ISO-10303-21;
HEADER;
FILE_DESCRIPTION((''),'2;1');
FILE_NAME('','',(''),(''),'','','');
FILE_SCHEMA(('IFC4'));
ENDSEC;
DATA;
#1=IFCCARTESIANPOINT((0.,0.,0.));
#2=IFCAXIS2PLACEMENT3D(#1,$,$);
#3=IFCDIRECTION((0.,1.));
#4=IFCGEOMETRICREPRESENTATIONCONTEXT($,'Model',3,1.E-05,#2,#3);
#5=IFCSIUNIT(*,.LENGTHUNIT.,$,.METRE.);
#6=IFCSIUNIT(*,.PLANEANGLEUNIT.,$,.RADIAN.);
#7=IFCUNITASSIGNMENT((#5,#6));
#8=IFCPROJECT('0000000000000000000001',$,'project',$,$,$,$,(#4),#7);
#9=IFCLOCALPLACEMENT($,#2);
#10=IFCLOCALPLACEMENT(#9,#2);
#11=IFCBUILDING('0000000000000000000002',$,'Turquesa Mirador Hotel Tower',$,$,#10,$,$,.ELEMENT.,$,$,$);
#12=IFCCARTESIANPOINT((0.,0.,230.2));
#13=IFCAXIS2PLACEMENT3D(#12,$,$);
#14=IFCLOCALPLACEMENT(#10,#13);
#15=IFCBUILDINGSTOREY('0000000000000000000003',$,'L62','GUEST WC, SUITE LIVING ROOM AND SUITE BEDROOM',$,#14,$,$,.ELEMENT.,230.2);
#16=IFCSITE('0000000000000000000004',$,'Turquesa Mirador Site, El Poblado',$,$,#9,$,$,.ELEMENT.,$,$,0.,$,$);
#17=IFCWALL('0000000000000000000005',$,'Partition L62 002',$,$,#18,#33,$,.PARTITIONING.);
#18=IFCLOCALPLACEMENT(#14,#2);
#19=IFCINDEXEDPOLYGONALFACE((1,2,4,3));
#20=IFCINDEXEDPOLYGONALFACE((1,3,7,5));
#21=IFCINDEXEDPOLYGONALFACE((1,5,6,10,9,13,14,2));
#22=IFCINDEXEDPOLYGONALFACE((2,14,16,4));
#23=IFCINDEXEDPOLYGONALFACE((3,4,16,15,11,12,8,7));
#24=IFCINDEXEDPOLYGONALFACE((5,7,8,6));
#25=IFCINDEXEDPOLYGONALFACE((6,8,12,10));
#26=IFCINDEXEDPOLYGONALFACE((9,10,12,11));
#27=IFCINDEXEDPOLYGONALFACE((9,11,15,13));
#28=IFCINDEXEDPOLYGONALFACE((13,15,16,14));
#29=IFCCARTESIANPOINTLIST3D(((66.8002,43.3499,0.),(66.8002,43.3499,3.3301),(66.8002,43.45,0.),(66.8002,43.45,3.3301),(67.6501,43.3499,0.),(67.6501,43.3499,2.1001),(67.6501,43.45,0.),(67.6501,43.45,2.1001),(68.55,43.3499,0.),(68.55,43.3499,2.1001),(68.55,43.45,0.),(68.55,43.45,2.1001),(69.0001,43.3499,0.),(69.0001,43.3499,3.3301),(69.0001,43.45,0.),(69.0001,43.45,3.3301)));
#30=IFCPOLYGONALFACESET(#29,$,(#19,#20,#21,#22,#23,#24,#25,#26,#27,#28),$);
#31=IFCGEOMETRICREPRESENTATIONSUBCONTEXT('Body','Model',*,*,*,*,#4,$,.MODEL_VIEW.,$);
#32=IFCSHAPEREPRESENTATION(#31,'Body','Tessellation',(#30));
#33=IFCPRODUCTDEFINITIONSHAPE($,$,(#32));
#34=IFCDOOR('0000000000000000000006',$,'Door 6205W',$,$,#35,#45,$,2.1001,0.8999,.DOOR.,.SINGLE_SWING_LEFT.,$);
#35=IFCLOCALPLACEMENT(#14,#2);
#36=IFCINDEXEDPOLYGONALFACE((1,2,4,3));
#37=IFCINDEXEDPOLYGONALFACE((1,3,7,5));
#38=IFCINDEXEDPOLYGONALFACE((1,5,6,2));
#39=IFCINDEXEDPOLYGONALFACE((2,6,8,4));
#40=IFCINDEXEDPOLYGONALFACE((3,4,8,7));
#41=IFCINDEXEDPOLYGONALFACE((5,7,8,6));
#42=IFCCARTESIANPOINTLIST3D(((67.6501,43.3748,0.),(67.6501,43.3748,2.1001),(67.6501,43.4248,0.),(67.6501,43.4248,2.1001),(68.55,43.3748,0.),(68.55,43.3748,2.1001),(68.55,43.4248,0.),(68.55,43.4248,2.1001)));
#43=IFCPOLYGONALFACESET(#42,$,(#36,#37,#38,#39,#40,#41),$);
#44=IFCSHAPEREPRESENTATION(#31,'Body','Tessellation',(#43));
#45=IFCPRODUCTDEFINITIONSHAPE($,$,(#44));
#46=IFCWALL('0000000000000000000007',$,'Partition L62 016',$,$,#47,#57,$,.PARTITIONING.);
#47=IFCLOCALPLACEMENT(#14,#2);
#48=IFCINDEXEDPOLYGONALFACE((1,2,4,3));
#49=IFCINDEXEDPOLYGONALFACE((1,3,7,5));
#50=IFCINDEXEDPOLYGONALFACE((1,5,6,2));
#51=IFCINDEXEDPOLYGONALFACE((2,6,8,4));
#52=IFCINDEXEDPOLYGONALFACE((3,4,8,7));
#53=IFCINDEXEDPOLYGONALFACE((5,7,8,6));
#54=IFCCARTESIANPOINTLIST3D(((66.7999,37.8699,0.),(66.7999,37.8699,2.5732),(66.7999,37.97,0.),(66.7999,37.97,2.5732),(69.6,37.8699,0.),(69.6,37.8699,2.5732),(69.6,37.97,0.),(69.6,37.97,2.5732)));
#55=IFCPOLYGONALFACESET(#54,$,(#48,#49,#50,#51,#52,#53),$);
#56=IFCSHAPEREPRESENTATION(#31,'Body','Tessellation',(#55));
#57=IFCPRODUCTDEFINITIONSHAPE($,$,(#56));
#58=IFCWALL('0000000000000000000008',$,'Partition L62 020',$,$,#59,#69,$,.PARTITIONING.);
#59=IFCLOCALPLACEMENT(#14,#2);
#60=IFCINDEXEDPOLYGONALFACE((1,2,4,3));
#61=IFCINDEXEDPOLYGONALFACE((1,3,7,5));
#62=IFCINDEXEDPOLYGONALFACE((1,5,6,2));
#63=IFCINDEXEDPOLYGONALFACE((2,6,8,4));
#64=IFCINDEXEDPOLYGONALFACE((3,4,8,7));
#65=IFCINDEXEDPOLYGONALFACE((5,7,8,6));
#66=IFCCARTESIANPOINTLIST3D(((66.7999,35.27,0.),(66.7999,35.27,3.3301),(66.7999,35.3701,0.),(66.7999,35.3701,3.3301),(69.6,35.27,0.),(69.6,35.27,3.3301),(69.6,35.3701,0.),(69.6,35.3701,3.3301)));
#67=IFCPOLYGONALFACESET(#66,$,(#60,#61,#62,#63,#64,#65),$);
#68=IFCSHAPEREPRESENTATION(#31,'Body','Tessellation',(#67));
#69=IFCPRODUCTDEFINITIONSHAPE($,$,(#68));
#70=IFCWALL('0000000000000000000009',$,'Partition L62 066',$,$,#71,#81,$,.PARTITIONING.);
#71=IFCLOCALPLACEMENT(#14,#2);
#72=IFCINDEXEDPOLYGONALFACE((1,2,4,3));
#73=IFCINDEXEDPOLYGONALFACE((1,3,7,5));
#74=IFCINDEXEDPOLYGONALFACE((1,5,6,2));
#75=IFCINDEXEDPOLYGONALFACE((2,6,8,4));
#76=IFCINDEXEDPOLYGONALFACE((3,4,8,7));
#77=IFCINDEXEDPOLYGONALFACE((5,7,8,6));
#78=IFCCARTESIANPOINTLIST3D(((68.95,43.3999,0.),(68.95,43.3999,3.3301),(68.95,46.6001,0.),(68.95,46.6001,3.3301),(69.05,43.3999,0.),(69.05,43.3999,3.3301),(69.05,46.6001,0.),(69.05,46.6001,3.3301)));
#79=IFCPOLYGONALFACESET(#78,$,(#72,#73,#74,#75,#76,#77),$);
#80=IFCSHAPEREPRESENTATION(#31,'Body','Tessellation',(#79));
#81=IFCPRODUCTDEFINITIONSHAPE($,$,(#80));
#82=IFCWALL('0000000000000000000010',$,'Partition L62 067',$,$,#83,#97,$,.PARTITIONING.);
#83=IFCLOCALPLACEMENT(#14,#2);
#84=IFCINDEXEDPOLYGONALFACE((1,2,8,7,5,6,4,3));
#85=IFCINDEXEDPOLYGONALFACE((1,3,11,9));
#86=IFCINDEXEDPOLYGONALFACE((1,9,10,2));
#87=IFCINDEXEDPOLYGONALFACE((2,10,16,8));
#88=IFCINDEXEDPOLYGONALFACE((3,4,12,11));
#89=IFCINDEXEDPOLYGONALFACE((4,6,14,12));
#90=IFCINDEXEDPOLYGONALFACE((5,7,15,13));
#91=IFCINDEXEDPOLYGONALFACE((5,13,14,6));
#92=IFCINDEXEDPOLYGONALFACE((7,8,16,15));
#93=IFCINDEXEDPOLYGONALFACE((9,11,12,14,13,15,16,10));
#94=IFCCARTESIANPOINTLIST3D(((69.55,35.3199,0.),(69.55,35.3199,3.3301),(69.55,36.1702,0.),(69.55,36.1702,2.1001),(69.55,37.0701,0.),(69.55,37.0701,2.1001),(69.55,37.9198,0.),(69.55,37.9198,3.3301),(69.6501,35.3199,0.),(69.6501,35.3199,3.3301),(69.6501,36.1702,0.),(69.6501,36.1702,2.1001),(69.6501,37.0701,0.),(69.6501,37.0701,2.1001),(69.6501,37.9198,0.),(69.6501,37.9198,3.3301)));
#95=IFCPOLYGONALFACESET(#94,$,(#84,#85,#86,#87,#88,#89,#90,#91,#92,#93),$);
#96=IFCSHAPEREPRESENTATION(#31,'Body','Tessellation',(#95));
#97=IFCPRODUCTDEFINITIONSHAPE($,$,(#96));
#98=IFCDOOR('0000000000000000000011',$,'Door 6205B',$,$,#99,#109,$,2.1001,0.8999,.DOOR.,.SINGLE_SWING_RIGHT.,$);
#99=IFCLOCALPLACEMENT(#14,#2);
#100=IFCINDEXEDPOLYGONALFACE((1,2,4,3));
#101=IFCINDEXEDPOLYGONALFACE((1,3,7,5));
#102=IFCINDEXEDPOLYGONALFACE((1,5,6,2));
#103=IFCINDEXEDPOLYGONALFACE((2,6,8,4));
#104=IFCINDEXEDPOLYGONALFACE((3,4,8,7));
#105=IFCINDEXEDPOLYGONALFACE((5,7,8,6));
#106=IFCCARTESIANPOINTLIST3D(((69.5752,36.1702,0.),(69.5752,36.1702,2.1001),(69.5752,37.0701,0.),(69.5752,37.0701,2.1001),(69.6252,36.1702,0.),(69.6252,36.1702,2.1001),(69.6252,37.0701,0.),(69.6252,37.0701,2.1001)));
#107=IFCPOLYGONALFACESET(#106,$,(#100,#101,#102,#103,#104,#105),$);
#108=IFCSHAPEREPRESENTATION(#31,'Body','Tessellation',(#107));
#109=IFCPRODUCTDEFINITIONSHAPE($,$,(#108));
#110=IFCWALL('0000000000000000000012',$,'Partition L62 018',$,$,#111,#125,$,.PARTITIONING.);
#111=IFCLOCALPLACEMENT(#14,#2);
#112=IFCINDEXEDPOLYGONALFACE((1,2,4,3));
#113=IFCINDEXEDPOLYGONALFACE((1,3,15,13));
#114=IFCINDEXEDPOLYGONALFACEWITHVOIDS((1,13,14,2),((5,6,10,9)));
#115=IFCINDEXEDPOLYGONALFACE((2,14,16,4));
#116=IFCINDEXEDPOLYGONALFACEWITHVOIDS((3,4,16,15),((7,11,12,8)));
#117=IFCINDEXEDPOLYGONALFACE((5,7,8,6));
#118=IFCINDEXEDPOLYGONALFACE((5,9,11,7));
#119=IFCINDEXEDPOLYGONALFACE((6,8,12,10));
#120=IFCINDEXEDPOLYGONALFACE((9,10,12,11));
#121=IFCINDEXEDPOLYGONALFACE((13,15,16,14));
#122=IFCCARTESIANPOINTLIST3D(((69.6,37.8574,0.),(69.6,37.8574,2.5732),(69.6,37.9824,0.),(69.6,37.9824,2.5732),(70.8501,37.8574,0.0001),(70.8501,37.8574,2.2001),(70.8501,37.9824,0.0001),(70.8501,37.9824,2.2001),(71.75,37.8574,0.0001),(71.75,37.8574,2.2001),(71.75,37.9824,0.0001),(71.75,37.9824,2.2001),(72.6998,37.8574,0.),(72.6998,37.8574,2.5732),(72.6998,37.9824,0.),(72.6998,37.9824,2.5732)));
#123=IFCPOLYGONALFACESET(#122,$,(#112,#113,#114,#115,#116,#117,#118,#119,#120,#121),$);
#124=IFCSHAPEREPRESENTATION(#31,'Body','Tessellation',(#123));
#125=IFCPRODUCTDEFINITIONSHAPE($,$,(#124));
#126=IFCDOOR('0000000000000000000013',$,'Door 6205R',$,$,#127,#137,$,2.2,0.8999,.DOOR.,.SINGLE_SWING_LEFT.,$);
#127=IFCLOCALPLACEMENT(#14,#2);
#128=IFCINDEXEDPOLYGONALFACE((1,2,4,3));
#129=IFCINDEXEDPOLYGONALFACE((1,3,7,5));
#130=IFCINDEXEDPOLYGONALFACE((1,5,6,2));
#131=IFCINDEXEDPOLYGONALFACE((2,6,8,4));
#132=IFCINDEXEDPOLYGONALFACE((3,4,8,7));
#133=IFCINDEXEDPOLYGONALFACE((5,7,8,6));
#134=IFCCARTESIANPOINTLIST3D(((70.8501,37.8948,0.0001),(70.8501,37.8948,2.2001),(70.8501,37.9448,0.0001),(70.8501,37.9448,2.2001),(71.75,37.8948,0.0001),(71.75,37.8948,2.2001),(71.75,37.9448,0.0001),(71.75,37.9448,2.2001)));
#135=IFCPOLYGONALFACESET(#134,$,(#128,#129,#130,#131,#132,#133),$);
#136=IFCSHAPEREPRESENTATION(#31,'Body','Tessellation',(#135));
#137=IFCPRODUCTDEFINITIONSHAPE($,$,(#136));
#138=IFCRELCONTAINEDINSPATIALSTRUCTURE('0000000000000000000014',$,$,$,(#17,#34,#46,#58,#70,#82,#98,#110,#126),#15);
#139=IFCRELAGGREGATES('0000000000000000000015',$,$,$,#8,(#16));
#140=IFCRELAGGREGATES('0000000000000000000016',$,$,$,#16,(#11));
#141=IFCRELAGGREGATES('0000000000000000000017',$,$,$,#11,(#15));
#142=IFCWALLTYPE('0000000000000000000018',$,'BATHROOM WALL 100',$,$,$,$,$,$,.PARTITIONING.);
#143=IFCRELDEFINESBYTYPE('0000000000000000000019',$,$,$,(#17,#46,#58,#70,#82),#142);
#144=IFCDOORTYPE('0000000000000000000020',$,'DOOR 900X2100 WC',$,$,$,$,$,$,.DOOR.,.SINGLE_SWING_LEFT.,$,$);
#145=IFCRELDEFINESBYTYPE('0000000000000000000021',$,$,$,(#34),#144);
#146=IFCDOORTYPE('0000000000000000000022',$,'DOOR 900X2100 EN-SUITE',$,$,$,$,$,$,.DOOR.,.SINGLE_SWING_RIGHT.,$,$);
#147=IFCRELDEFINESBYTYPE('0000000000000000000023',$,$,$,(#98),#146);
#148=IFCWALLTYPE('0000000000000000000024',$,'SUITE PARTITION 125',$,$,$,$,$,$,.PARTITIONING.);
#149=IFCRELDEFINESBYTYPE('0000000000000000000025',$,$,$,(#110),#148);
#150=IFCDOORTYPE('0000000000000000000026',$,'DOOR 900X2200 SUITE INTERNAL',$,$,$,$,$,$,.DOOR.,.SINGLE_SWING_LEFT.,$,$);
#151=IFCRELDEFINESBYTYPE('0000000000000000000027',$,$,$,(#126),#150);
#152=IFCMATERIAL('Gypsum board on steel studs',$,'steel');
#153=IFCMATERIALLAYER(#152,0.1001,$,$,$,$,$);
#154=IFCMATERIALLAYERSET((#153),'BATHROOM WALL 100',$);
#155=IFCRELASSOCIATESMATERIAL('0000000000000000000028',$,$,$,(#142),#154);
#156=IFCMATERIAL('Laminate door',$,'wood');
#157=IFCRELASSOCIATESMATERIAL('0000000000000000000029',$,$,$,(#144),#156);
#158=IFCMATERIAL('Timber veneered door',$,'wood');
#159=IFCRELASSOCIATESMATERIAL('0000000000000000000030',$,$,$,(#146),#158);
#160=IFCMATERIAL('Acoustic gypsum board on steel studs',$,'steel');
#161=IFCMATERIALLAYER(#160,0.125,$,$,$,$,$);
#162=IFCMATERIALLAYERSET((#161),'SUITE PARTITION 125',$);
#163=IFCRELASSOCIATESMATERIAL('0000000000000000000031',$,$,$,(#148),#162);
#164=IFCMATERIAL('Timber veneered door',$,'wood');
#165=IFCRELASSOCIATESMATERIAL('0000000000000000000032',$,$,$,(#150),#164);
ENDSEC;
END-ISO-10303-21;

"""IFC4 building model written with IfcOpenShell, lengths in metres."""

from ifc_helpers import new_model, si_unit, direction, frame, frame_2d, origin, place, context, subcontext, project, spatial, rectangle, extrude, material, layer, layer_set, type_object, element, fill, save


model = new_model("IFC4")

# Units and contexts
model_context = context("Model", 3, precision=1e-05, world=origin(), true_north=direction((0.0, 1.0)))
body_context = subcontext(model_context, "Body", "Model", "MODEL_VIEW")
ifc_project = project(units=[si_unit("LENGTHUNIT", "METRE"), si_unit("PLANEANGLEUNIT", "RADIAN")], contexts=[model_context])

# Site, building, storey
site_placement = place(None, origin())
site = spatial("IfcSite", under=ifc_project, at=site_placement, Name="Turquesa Mirador Site, El Poblado", CompositionType="ELEMENT", RefElevation=0.0)
building_placement = place(site_placement, origin())
building = spatial("IfcBuilding", under=site, at=building_placement, Name="Turquesa Mirador Hotel Tower", CompositionType="ELEMENT")
storey_placement = place(building_placement, frame((0.0, 0.0, 230.2)))
storey = spatial("IfcBuildingStorey", under=building, at=storey_placement, Name="L62", Description="GUEST WC, SUITE LIVING ROOM AND SUITE BEDROOM", CompositionType="ELEMENT", Elevation=230.2)

# Wall, opening, door
ifc_material_1 = material(Name="Gypsum board on steel studs", Category="steel")
ifc_layer_1 = layer(ifc_material_1, 0.1001)
ifc_layer_set_1 = layer_set([ifc_layer_1], Name="BATHROOM WALL 100")
wall_type_1 = type_object("IfcWallType", Name="BATHROOM WALL 100", PredefinedType="PARTITIONING", material=ifc_layer_set_1)
wall_1_placement = place(storey_placement, frame((66.8, 43.3999, 0.0), z_axis=(0.0, 0.0, 1.0), x_axis=(1.0, 0.0, 0.0)))
wall_1 = element("IfcWall", 1, at=wall_1_placement, inside=storey, type_object=wall_type_1, Name="Partition L62 002", PredefinedType="PARTITIONING", context=body_context, shape_type="SweptSolid", body=[
    extrude(rectangle(XDim=2.2, YDim=0.1001, at=frame_2d((1.1001, 0.0))), origin(), (0.0, 0.0, 1.0), 3.3301),
])
opening_1_placement = place(wall_1_placement, frame((0.8501, 0.0, 0.0)))
opening_1 = element("IfcOpeningElement", 2, at=opening_1_placement, cuts=wall_1, PredefinedType="OPENING", context=body_context, shape_type="SweptSolid", body=[
    extrude(rectangle(XDim=0.8999, YDim=2.1001, at=frame_2d((0.45, 1.05))), frame((0.0, 0.0601, 0.0), z_axis=(0.0, -1.0, 0.0), x_axis=(1.0, 0.0, 0.0)), (0.0, 0.0, 1.0), 0.1201),
])
ifc_material_2 = material(Name="Laminate door", Category="wood")
door_type_1 = type_object("IfcDoorType", Name="DOOR 900X2100 WC", OperationType="SINGLE_SWING_LEFT", PredefinedType="DOOR", material=ifc_material_2)
door_1_placement = place(opening_1_placement, origin())
door_1 = element("IfcDoor", 3, at=door_1_placement, inside=storey, type_object=door_type_1, Name="Door 6205W", OperationType="SINGLE_SWING_LEFT", OverallHeight=2.1001, OverallWidth=0.8999, PredefinedType="DOOR", context=body_context, shape_type="SweptSolid", body=[
    extrude(rectangle(XDim=0.8999, YDim=2.1001, at=frame_2d((0.45, 1.05))), frame((0.0, 0.0249, 0.0), z_axis=(0.0, -1.0, 0.0), x_axis=(1.0, 0.0, 0.0)), (0.0, 0.0, 1.0), 0.05),
])
fill(opening_1, door_1)

# Walls
wall_2_placement = place(storey_placement, frame((66.8, 37.9199, 0.0), z_axis=(0.0, 0.0, 1.0), x_axis=(1.0, 0.0, 0.0)))
element("IfcWall", 4, at=wall_2_placement, inside=storey, type_object=wall_type_1, Name="Partition L62 016", PredefinedType="PARTITIONING", context=body_context, shape_type="SweptSolid", body=[
    extrude(rectangle(XDim=2.8, YDim=0.1001, at=frame_2d((1.3999, 0.0))), origin(), (0.0, 0.0, 1.0), 2.5732),
])
wall_3_placement = place(storey_placement, frame((66.8, 35.3201, 0.0), z_axis=(0.0, 0.0, 1.0), x_axis=(1.0, 0.0, 0.0)))
element("IfcWall", 5, at=wall_3_placement, inside=storey, type_object=wall_type_1, Name="Partition L62 020", PredefinedType="PARTITIONING", context=body_context, shape_type="SweptSolid", body=[
    extrude(rectangle(XDim=2.8, YDim=0.1001, at=frame_2d((1.3999, 0.0))), origin(), (0.0, 0.0, 1.0), 3.3301),
])
wall_4_placement = place(storey_placement, frame((69.0, 43.3999, 0.0), z_axis=(0.0, 0.0, 1.0), x_axis=(0.0, 1.0, 0.0)))
element("IfcWall", 6, at=wall_4_placement, inside=storey, type_object=wall_type_1, Name="Partition L62 066", PredefinedType="PARTITIONING", context=body_context, shape_type="SweptSolid", body=[
    extrude(rectangle(XDim=3.2002, YDim=0.1001, at=frame_2d((1.6001, 0.0))), origin(), (0.0, 0.0, 1.0), 3.3301),
])

# Walls, openings, doors
wall_5_placement = place(storey_placement, frame((69.6001, 35.3201, 0.0), z_axis=(0.0, 0.0, 1.0), x_axis=(0.0, 1.0, 0.0)))
wall_5 = element("IfcWall", 7, at=wall_5_placement, inside=storey, type_object=wall_type_1, Name="Partition L62 067", PredefinedType="PARTITIONING", context=body_context, shape_type="SweptSolid", body=[
    extrude(rectangle(XDim=2.5999, YDim=0.1001, at=frame_2d((1.2998, 0.0))), origin(), (0.0, 0.0, 1.0), 3.3301),
])
opening_2_placement = place(wall_5_placement, frame((0.8501, 0.0, 0.0)))
opening_2 = element("IfcOpeningElement", 8, at=opening_2_placement, cuts=wall_5, PredefinedType="OPENING", context=body_context, shape_type="SweptSolid", body=[
    extrude(rectangle(XDim=0.8999, YDim=2.1001, at=frame_2d((0.45, 1.05))), frame((0.0, 0.0601, 0.0), z_axis=(0.0, -1.0, 0.0), x_axis=(1.0, 0.0, 0.0)), (0.0, 0.0, 1.0), 0.1201),
])
ifc_material_3 = material(Name="Timber veneered door", Category="wood")
door_type_2 = type_object("IfcDoorType", Name="DOOR 900X2100 EN-SUITE", OperationType="SINGLE_SWING_RIGHT", PredefinedType="DOOR", material=ifc_material_3)
door_2_placement = place(opening_2_placement, origin())
door_2 = element("IfcDoor", 9, at=door_2_placement, inside=storey, type_object=door_type_2, Name="Door 6205B", OperationType="SINGLE_SWING_RIGHT", OverallHeight=2.1001, OverallWidth=0.8999, PredefinedType="DOOR", context=body_context, shape_type="SweptSolid", body=[
    extrude(rectangle(XDim=0.8999, YDim=2.1001, at=frame_2d((0.45, 1.05))), frame((0.0, 0.0249, 0.0), z_axis=(0.0, -1.0, 0.0), x_axis=(1.0, 0.0, 0.0)), (0.0, 0.0, 1.0), 0.05),
])
fill(opening_2, door_2)
ifc_material_4 = material(Name="Acoustic gypsum board on steel studs", Category="steel")
ifc_layer_2 = layer(ifc_material_4, 0.125)
ifc_layer_set_2 = layer_set([ifc_layer_2], Name="SUITE PARTITION 125")
wall_type_2 = type_object("IfcWallType", Name="SUITE PARTITION 125", PredefinedType="PARTITIONING", material=ifc_layer_set_2)
wall_6_placement = place(storey_placement, frame((69.6001, 37.9199, 0.0), z_axis=(0.0, 0.0, 1.0), x_axis=(1.0, 0.0, 0.0)))
wall_6 = element("IfcWall", 10, at=wall_6_placement, inside=storey, type_object=wall_type_2, Name="Partition L62 018", PredefinedType="PARTITIONING", context=body_context, shape_type="SweptSolid", body=[
    extrude(rectangle(XDim=3.0999, YDim=0.125, at=frame_2d((1.5498, 0.0))), origin(), (0.0, 0.0, 1.0), 2.5732),
])
opening_3_placement = place(wall_6_placement, frame((1.25, 0.0, 0.0)))
opening_3 = element("IfcOpeningElement", 11, at=opening_3_placement, cuts=wall_6, PredefinedType="OPENING", context=body_context, shape_type="SweptSolid", body=[
    extrude(rectangle(XDim=0.8999, YDim=2.2, at=frame_2d((0.45, 1.1001))), frame((0.0, 0.0725, 0.0), z_axis=(0.0, -1.0, 0.0), x_axis=(1.0, 0.0, 0.0)), (0.0, 0.0, 1.0), 0.145),
])
ifc_material_5 = material(Name="Timber veneered door", Category="wood")
door_type_3 = type_object("IfcDoorType", Name="DOOR 900X2200 SUITE INTERNAL", OperationType="SINGLE_SWING_LEFT", PredefinedType="DOOR", material=ifc_material_5)
door_3_placement = place(opening_3_placement, origin())
door_3 = element("IfcDoor", 12, at=door_3_placement, inside=storey, type_object=door_type_3, Name="Door 6205R", OperationType="SINGLE_SWING_LEFT", OverallHeight=2.2, OverallWidth=0.8999, PredefinedType="DOOR", context=body_context, shape_type="SweptSolid", body=[
    extrude(rectangle(XDim=0.8999, YDim=2.2, at=frame_2d((0.45, 1.1001))), frame((0.0, 0.0249, 0.0), z_axis=(0.0, -1.0, 0.0), x_axis=(1.0, 0.0, 0.0)), (0.0, 0.0, 1.0), 0.05),
])
fill(opening_3, door_3)

save(model, "model.ifc")
